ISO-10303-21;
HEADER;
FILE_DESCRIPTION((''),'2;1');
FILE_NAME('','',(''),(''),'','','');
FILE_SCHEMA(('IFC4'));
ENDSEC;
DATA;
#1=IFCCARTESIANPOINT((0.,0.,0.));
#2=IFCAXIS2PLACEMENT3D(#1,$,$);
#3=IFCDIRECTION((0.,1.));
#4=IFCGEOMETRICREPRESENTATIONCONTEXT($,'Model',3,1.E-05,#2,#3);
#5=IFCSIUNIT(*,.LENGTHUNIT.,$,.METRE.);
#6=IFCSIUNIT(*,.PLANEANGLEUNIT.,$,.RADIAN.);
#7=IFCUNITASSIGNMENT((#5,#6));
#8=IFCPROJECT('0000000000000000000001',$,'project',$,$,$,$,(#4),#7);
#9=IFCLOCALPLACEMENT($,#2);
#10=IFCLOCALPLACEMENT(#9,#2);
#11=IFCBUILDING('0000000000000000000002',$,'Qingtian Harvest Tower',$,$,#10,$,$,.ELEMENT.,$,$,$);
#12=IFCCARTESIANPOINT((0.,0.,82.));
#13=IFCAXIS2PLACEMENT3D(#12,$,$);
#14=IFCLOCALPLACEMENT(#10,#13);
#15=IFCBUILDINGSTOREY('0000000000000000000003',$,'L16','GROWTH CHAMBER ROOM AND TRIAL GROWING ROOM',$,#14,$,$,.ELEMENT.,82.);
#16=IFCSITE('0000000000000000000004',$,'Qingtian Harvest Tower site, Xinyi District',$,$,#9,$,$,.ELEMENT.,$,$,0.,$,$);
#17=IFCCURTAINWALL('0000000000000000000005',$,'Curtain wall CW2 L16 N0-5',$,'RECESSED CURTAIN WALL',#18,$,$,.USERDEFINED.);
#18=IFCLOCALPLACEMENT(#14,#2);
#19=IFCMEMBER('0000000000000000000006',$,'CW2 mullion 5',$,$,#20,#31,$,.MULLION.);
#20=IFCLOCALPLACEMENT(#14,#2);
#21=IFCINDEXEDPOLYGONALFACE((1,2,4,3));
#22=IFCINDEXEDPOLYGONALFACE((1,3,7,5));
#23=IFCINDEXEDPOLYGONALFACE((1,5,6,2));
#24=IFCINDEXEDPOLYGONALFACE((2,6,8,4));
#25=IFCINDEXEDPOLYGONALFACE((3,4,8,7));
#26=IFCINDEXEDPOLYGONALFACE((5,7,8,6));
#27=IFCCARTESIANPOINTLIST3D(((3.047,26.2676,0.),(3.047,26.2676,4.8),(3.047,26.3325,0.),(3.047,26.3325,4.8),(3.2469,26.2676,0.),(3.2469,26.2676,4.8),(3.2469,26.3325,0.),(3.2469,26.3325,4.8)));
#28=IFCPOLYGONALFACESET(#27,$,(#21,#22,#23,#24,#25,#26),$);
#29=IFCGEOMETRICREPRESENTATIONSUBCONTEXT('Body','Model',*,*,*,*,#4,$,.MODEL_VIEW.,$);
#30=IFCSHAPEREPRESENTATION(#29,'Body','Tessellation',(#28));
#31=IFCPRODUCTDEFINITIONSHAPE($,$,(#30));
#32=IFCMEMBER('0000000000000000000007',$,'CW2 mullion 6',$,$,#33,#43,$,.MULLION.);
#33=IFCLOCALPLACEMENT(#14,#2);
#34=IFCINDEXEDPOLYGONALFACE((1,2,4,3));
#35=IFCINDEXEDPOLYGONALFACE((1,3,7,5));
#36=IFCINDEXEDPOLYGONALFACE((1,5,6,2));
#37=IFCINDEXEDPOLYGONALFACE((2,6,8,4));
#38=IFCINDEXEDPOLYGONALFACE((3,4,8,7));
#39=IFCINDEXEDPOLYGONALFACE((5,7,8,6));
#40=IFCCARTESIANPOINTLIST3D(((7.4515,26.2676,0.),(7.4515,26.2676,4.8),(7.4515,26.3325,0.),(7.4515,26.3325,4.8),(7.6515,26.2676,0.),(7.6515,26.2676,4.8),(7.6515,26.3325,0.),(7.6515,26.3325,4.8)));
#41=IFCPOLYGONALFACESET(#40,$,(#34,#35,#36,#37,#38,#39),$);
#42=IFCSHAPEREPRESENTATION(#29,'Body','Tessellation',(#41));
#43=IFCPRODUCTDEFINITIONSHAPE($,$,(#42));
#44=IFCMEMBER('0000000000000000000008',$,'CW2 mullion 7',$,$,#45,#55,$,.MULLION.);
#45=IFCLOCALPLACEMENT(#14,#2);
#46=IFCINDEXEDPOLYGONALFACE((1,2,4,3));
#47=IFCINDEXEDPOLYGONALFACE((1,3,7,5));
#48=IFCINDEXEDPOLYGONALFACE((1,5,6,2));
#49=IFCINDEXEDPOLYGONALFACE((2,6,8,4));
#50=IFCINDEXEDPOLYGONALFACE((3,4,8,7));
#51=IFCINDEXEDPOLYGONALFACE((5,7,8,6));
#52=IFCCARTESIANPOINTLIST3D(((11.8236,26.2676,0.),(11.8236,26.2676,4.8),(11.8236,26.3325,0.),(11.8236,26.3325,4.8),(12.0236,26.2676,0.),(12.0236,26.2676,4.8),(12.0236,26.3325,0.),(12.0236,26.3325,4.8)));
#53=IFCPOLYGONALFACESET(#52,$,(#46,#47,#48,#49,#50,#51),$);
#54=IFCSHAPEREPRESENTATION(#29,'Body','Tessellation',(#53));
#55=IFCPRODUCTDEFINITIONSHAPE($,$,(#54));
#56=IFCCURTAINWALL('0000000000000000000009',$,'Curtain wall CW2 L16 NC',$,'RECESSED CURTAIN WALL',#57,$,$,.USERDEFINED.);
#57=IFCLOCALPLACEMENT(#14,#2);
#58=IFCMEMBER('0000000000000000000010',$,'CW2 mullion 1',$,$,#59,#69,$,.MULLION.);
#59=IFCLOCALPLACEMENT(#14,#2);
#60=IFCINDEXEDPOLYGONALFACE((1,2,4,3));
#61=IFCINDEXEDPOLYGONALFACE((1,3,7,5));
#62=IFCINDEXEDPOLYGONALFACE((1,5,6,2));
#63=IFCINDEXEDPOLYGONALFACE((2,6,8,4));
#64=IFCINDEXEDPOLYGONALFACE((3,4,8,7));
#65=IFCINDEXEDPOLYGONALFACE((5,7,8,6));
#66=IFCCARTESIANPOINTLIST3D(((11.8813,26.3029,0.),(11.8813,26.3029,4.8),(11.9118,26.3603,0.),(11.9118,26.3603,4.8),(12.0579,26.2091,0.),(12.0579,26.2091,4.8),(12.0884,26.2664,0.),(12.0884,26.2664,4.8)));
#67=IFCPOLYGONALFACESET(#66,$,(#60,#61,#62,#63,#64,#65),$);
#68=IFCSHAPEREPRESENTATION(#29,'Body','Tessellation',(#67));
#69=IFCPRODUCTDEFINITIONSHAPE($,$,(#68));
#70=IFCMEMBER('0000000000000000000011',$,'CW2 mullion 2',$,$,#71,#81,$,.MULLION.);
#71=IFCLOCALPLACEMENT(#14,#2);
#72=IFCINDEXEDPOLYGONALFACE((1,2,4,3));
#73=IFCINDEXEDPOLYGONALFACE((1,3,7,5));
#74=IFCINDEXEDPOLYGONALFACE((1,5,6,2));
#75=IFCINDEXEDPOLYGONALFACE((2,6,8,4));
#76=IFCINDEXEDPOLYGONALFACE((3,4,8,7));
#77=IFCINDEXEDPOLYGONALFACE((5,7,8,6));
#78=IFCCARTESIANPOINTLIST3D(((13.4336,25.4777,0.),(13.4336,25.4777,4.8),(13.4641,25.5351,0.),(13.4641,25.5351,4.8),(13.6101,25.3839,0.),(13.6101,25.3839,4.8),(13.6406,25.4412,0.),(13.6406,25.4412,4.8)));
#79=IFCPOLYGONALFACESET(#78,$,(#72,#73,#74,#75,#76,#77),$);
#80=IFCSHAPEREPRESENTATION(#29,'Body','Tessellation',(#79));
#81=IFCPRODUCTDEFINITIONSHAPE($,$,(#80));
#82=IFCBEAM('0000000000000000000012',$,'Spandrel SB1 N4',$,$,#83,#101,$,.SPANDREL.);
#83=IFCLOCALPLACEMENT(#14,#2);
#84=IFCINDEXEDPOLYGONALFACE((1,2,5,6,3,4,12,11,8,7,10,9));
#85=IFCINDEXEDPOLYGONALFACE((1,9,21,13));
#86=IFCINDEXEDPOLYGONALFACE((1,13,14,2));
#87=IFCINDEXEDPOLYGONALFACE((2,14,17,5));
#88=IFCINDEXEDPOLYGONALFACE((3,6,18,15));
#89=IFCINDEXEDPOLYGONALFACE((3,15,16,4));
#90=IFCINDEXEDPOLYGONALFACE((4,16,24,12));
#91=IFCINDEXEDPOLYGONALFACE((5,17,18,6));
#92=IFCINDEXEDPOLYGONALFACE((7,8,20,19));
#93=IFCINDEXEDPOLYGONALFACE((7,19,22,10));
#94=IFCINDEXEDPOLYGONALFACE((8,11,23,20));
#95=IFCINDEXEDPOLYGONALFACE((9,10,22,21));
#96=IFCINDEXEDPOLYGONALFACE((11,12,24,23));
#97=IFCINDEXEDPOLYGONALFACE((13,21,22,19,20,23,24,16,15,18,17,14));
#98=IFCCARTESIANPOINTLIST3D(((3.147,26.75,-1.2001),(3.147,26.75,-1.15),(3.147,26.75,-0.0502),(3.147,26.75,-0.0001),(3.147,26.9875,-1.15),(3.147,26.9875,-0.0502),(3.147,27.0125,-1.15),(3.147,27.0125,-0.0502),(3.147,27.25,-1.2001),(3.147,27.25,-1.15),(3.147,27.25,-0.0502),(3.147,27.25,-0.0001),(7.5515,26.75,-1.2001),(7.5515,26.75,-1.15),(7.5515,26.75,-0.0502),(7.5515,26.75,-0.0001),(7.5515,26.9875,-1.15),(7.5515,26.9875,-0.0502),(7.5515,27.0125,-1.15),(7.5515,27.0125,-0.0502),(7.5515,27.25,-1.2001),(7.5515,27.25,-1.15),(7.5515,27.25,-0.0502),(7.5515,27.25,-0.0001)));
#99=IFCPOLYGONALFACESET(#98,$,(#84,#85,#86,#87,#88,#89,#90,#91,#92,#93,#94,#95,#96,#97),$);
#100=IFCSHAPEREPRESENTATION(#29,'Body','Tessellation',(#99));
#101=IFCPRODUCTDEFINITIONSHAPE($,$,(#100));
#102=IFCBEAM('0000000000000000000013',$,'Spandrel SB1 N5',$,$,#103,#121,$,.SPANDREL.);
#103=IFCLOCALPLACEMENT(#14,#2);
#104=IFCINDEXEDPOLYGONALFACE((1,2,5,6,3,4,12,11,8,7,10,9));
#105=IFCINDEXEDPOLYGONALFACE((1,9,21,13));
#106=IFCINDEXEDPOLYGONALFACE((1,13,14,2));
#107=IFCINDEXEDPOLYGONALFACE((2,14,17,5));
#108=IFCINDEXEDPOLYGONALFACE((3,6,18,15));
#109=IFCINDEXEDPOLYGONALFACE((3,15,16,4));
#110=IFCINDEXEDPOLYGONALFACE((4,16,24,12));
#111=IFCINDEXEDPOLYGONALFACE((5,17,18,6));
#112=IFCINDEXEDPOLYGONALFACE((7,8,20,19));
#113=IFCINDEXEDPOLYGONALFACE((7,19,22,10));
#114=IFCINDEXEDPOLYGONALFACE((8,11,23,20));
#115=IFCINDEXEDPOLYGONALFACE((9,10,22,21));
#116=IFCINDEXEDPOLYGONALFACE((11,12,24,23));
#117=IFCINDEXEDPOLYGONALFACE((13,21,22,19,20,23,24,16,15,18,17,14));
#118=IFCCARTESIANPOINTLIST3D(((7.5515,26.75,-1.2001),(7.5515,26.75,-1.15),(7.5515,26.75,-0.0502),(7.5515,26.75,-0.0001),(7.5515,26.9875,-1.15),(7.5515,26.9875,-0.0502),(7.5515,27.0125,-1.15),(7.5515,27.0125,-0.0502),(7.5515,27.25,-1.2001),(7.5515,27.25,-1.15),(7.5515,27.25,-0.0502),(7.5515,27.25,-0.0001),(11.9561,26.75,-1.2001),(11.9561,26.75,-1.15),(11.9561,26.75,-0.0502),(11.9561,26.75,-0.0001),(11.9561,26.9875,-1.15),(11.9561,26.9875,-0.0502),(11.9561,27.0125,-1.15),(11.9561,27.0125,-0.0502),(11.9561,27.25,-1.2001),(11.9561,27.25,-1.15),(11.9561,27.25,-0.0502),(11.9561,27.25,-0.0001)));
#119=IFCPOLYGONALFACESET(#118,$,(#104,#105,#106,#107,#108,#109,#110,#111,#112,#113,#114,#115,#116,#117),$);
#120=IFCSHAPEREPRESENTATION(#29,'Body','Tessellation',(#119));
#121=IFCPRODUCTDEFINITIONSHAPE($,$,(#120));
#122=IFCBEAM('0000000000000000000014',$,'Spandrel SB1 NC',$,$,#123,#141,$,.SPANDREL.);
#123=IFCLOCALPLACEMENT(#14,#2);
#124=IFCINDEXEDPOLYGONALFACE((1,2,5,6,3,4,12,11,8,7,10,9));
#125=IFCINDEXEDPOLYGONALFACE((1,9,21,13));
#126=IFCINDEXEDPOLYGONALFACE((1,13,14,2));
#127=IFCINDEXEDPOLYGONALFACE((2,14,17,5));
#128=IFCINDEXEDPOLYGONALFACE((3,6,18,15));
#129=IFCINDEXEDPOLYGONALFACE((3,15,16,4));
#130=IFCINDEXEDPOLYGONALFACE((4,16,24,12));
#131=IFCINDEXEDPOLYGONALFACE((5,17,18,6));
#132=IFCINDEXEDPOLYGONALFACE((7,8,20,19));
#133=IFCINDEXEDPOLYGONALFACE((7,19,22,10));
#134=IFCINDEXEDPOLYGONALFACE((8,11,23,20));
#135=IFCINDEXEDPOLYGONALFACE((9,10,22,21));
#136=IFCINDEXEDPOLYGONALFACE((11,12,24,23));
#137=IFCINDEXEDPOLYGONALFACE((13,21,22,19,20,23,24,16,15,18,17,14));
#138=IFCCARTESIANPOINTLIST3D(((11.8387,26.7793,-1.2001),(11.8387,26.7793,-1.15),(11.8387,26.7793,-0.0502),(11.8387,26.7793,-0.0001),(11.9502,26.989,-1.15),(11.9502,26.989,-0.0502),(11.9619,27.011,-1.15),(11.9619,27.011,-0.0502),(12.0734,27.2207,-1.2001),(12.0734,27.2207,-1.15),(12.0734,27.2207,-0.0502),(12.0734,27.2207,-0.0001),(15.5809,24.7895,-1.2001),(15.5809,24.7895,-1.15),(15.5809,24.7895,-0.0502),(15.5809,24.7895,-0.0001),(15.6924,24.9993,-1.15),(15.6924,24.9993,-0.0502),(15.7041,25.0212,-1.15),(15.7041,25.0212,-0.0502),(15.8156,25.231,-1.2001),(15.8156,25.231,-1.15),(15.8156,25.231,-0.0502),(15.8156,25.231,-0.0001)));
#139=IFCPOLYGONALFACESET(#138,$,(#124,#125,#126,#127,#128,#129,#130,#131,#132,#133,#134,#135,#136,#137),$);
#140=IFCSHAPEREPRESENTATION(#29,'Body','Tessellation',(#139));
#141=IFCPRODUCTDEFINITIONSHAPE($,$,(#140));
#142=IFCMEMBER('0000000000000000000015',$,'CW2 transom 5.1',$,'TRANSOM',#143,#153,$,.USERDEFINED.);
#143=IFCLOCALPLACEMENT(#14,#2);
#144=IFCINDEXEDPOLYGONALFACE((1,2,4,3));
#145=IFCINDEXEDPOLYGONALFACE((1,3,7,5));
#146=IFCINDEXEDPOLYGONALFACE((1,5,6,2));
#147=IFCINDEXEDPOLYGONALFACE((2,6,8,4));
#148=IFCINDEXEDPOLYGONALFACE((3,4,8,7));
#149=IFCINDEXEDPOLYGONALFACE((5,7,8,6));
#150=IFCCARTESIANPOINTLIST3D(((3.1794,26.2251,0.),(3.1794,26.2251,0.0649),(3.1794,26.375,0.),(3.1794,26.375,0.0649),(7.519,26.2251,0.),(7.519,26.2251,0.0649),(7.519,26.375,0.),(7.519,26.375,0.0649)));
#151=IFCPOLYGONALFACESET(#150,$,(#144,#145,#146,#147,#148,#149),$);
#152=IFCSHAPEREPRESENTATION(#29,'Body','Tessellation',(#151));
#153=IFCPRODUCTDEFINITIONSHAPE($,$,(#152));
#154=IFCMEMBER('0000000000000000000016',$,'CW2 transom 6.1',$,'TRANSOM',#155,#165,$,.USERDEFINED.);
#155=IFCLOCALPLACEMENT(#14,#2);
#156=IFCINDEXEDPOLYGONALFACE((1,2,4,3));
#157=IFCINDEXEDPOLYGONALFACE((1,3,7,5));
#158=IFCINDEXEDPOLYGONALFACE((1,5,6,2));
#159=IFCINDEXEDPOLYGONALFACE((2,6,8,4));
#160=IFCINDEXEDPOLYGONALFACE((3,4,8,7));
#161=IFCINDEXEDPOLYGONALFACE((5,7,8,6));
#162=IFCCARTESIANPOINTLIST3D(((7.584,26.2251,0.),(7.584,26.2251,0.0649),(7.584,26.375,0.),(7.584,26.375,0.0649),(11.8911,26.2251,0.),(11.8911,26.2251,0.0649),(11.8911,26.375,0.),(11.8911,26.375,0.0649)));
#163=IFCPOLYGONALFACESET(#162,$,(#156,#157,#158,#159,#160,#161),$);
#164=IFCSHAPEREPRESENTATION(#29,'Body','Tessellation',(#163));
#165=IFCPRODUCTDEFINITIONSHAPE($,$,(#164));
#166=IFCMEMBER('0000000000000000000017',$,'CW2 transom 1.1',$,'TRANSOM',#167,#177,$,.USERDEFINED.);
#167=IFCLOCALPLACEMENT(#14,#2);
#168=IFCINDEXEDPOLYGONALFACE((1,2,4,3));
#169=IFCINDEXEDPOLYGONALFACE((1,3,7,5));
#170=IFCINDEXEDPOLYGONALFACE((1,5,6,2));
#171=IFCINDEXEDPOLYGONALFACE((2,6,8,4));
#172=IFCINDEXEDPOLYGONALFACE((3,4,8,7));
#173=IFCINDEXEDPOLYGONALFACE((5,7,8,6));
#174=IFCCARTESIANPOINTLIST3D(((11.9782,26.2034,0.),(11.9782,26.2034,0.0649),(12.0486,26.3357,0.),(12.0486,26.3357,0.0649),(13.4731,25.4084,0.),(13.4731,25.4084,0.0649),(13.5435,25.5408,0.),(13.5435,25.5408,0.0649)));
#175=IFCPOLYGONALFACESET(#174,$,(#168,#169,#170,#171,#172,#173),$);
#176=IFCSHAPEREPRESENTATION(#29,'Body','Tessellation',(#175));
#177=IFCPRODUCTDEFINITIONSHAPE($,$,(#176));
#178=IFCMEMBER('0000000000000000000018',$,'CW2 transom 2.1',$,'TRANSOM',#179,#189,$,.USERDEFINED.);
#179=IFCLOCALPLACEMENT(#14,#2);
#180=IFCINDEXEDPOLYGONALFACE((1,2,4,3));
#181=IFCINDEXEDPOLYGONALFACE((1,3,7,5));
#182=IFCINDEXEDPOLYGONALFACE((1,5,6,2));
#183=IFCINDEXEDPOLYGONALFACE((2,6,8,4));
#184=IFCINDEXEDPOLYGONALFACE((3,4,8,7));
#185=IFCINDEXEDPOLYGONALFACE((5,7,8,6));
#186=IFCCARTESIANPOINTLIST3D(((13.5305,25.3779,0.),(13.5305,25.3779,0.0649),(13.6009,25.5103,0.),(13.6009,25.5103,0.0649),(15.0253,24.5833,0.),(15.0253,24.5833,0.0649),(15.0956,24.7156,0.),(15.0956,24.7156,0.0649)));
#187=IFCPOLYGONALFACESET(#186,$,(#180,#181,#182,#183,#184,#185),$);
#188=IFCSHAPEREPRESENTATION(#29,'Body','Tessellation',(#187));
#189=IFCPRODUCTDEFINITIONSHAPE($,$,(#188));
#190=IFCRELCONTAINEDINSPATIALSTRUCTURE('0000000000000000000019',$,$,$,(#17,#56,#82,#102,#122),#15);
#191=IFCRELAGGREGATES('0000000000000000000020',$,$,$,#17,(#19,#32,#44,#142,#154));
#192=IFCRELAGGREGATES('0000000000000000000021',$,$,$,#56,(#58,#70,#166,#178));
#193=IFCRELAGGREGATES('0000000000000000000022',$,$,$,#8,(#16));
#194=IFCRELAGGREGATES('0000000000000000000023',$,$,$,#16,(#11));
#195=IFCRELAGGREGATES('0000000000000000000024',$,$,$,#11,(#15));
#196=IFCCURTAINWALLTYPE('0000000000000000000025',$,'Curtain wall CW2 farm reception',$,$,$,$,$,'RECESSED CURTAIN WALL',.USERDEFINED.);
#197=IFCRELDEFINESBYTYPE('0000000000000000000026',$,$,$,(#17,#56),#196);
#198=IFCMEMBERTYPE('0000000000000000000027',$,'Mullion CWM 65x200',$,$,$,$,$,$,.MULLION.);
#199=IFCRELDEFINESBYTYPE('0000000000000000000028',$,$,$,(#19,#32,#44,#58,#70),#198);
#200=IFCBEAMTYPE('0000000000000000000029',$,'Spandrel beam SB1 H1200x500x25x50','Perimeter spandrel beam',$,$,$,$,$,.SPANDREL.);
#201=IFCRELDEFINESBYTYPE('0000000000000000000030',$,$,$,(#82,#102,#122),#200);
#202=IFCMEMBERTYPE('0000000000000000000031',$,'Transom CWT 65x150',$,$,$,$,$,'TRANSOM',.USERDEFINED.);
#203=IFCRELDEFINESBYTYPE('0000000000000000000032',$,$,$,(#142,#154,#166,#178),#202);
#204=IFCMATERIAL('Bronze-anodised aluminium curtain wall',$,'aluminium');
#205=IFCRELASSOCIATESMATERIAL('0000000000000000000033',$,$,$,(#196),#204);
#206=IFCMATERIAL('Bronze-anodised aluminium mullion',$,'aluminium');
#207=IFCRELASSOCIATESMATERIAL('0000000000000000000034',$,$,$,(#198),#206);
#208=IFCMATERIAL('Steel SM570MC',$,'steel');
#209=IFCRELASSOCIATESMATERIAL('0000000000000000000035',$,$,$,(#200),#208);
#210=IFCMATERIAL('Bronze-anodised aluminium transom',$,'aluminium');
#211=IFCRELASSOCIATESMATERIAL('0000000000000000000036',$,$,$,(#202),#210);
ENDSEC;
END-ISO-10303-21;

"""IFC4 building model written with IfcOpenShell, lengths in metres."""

from ifc_helpers import new_model, si_unit, direction, frame, origin, origin_2d, place, context, subcontext, project, spatial, rectangle, i_section, extrude, material, material_profile, profile_set, type_object, element, aggregate, save


model = new_model("IFC4")

# Units and contexts
model_context = context("Model", 3, precision=1e-05, world=origin(), true_north=direction((0.0, 1.0)))
body_context = subcontext(model_context, "Body", "Model", "MODEL_VIEW")
ifc_project = project(units=[si_unit("LENGTHUNIT", "METRE"), si_unit("PLANEANGLEUNIT", "RADIAN")], contexts=[model_context])

# Site, building, storey
site_placement = place(None, origin())
site = spatial("IfcSite", under=ifc_project, at=site_placement, Name="Qingtian Harvest Tower site, Xinyi District", CompositionType="ELEMENT", RefElevation=0.0)
building_placement = place(site_placement, origin())
building = spatial("IfcBuilding", under=site, at=building_placement, Name="Qingtian Harvest Tower", CompositionType="ELEMENT")
storey_placement = place(building_placement, frame((0.0, 0.0, 82.0)))
storey = spatial("IfcBuildingStorey", under=building, at=storey_placement, Name="L16", Description="GROWTH CHAMBER ROOM AND TRIAL GROWING ROOM", CompositionType="ELEMENT", Elevation=82.0)

# Curtain walls, members
ifc_material_1 = material(Name="Bronze-anodised aluminium curtain wall", Category="aluminium")
curtain_wall_type = type_object("IfcCurtainWallType", Name="Curtain wall CW2 farm reception", ElementType="RECESSED CURTAIN WALL", PredefinedType="USERDEFINED", material=ifc_material_1)
curtain_wall_1_placement = place(storey_placement, origin())
curtain_wall_1 = element("IfcCurtainWall", 1, at=curtain_wall_1_placement, inside=storey, type_object=curtain_wall_type, Name="Curtain wall CW2 L16 N0-5", ObjectType="RECESSED CURTAIN WALL", PredefinedType="USERDEFINED")
ifc_material_2 = material(Name="Bronze-anodised aluminium mullion", Category="aluminium")
ifc_material_profile_1 = material_profile(ifc_material_2, rectangle(XDim=0.0649, YDim=0.2, at=origin_2d()), Name="AL 65x200")
ifc_profile_set_1 = profile_set([ifc_material_profile_1], Name="Bronze-anodised aluminium mullion")
member_type_1 = type_object("IfcMemberType", Name="Mullion CWM 65x200", PredefinedType="MULLION", material=ifc_profile_set_1)
member_1_placement = place(storey_placement, frame((3.147, 26.3, 0.0), z_axis=(0.0, 0.0, 1.0), x_axis=(0.0, 1.0, 0.0)))
member_1 = element("IfcMember", 2, at=member_1_placement, type_object=member_type_1, Name="CW2 mullion 5", PredefinedType="MULLION", context=body_context, shape_type="SweptSolid", body=[
    extrude(rectangle(XDim=0.0649, YDim=0.2, at=origin_2d()), origin(), (0.0, 0.0, 1.0), 4.8),
])
member_2_placement = place(storey_placement, frame((7.5515, 26.3, 0.0), z_axis=(0.0, 0.0, 1.0), x_axis=(0.0, 1.0, 0.0)))
member_2 = element("IfcMember", 3, at=member_2_placement, type_object=member_type_1, Name="CW2 mullion 6", PredefinedType="MULLION", context=body_context, shape_type="SweptSolid", body=[
    extrude(rectangle(XDim=0.0649, YDim=0.2, at=origin_2d()), origin(), (0.0, 0.0, 1.0), 4.8),
])
member_3_placement = place(storey_placement, frame((11.9236, 26.3, 0.0), z_axis=(0.0, 0.0, 1.0), x_axis=(0.0, 1.0, 0.0)))
member_3 = element("IfcMember", 4, at=member_3_placement, type_object=member_type_1, Name="CW2 mullion 7", PredefinedType="MULLION", context=body_context, shape_type="SweptSolid", body=[
    extrude(rectangle(XDim=0.0649, YDim=0.2, at=origin_2d()), origin(), (0.0, 0.0, 1.0), 4.8),
])
curtain_wall_2_placement = place(storey_placement, origin())
curtain_wall_2 = element("IfcCurtainWall", 5, at=curtain_wall_2_placement, inside=storey, type_object=curtain_wall_type, Name="Curtain wall CW2 L16 NC", ObjectType="RECESSED CURTAIN WALL", PredefinedType="USERDEFINED")
member_4_placement = place(storey_placement, frame((11.9849, 26.2847, 0.0), z_axis=(0.0, 0.0, 1.0), x_axis=(0.469472, 0.882948, 0.0)))
member_4 = element("IfcMember", 6, at=member_4_placement, type_object=member_type_1, Name="CW2 mullion 1", PredefinedType="MULLION", context=body_context, shape_type="SweptSolid", body=[
    extrude(rectangle(XDim=0.0649, YDim=0.2, at=origin_2d()), origin(), (0.0, 0.0, 1.0), 4.8),
])
member_5_placement = place(storey_placement, frame((13.5371, 25.4595, 0.0), z_axis=(0.0, 0.0, 1.0), x_axis=(0.469472, 0.882948, 0.0)))
member_5 = element("IfcMember", 7, at=member_5_placement, type_object=member_type_1, Name="CW2 mullion 2", PredefinedType="MULLION", context=body_context, shape_type="SweptSolid", body=[
    extrude(rectangle(XDim=0.0649, YDim=0.2, at=origin_2d()), origin(), (0.0, 0.0, 1.0), 4.8),
])

# Beams
ifc_material_3 = material(Name="Steel SM570MC", Category="steel")
ifc_material_profile_2 = material_profile(ifc_material_3, i_section(OverallWidth=0.5, OverallDepth=1.2, WebThickness=0.0249, FlangeThickness=0.05, at=origin_2d()), Name="H1200x500x25x50")
ifc_profile_set_2 = profile_set([ifc_material_profile_2], Name="Steel SM570MC")
beam_type_1 = type_object("IfcBeamType", Name="Spandrel beam SB1 H1200x500x25x50", Description="Perimeter spandrel beam", PredefinedType="SPANDREL", material=ifc_profile_set_2)
for number, where, z_axis, x_axis, name in (
    (8, (3.147, 27.0, -0.6001), (1.0, 0.0, 0.0), (0.0, 1.0, 0.0), "Spandrel SB1 N4"),
    (9, (7.5515, 27.0, -0.6001), (1.0, 0.0, 0.0), (0.0, 1.0, 0.0), "Spandrel SB1 N5"),
):
    element("IfcBeam", number, at=place(storey_placement, frame(where, z_axis=z_axis, x_axis=x_axis)), inside=storey, type_object=beam_type_1, Name=name, PredefinedType="SPANDREL", context=body_context, shape_type="SweptSolid", body=[
        extrude(i_section(OverallWidth=0.5, OverallDepth=1.2, WebThickness=0.0249, FlangeThickness=0.05, at=origin_2d()), origin(), (0.0, 0.0, 1.0), 4.4045),
    ])
beam_1_placement = place(storey_placement, frame((11.9561, 27.0, -0.6001), z_axis=(0.882949, -0.46947, 0.0), x_axis=(0.46947, 0.882949, 0.0)))
element("IfcBeam", 10, at=beam_1_placement, inside=storey, type_object=beam_type_1, Name="Spandrel SB1 NC", PredefinedType="SPANDREL", context=body_context, shape_type="SweptSolid", body=[
    extrude(i_section(OverallWidth=0.5, OverallDepth=1.2, WebThickness=0.0249, FlangeThickness=0.05, at=origin_2d()), origin(), (0.0, 0.0, 1.0), 4.2383),
])

# Members
ifc_material_4 = material(Name="Bronze-anodised aluminium transom", Category="aluminium")
ifc_material_profile_3 = material_profile(ifc_material_4, rectangle(XDim=0.1499, YDim=0.0649, at=origin_2d()), Name="AL 65x150")
ifc_profile_set_3 = profile_set([ifc_material_profile_3], Name="Bronze-anodised aluminium transom")
member_type_2 = type_object("IfcMemberType", Name="Transom CWT 65x150", ElementType="TRANSOM", PredefinedType="USERDEFINED", material=ifc_profile_set_3)
member_6_placement = place(storey_placement, frame((3.1794, 26.3, 0.0325), z_axis=(1.0, 0.0, 0.0), x_axis=(0.0, 1.0, 0.0)))
member_6 = element("IfcMember", 11, at=member_6_placement, type_object=member_type_2, Name="CW2 transom 5.1", ObjectType="TRANSOM", PredefinedType="USERDEFINED", context=body_context, shape_type="SweptSolid", body=[
    extrude(rectangle(XDim=0.1499, YDim=0.0649, at=origin_2d()), origin(), (0.0, 0.0, 1.0), 4.3396),
])
member_7_placement = place(storey_placement, frame((7.584, 26.3, 0.0325), z_axis=(1.0, 0.0, 0.0), x_axis=(0.0, 1.0, 0.0)))
member_7 = element("IfcMember", 12, at=member_7_placement, type_object=member_type_2, Name="CW2 transom 6.1", ObjectType="TRANSOM", PredefinedType="USERDEFINED", context=body_context, shape_type="SweptSolid", body=[
    extrude(rectangle(XDim=0.1499, YDim=0.0649, at=origin_2d()), origin(), (0.0, 0.0, 1.0), 4.3071),
])
member_8_placement = place(storey_placement, frame((12.0134, 26.2695, 0.0325), z_axis=(0.882927, -0.46951, 0.0), x_axis=(0.46951, 0.882927, 0.0)))
member_8 = element("IfcMember", 13, at=member_8_placement, type_object=member_type_2, Name="CW2 transom 1.1", ObjectType="TRANSOM", PredefinedType="USERDEFINED", context=body_context, shape_type="SweptSolid", body=[
    extrude(rectangle(XDim=0.1499, YDim=0.0649, at=origin_2d()), origin(), (0.0, 0.0, 1.0), 1.6931),
])
member_9_placement = place(storey_placement, frame((13.5657, 25.4441, 0.0325), z_axis=(0.882987, -0.469398, 0.0), x_axis=(0.469398, 0.882987, 0.0)))
member_9 = element("IfcMember", 14, at=member_9_placement, type_object=member_type_2, Name="CW2 transom 2.1", ObjectType="TRANSOM", PredefinedType="USERDEFINED", context=body_context, shape_type="SweptSolid", body=[
    extrude(rectangle(XDim=0.1499, YDim=0.0649, at=origin_2d()), origin(), (0.0, 0.0, 1.0), 1.6929),
])

aggregate(curtain_wall_1, [member_1, member_2, member_3, member_6, member_7])
aggregate(curtain_wall_2, [member_4, member_5, member_8, member_9])

save(model, "model.ifc")
